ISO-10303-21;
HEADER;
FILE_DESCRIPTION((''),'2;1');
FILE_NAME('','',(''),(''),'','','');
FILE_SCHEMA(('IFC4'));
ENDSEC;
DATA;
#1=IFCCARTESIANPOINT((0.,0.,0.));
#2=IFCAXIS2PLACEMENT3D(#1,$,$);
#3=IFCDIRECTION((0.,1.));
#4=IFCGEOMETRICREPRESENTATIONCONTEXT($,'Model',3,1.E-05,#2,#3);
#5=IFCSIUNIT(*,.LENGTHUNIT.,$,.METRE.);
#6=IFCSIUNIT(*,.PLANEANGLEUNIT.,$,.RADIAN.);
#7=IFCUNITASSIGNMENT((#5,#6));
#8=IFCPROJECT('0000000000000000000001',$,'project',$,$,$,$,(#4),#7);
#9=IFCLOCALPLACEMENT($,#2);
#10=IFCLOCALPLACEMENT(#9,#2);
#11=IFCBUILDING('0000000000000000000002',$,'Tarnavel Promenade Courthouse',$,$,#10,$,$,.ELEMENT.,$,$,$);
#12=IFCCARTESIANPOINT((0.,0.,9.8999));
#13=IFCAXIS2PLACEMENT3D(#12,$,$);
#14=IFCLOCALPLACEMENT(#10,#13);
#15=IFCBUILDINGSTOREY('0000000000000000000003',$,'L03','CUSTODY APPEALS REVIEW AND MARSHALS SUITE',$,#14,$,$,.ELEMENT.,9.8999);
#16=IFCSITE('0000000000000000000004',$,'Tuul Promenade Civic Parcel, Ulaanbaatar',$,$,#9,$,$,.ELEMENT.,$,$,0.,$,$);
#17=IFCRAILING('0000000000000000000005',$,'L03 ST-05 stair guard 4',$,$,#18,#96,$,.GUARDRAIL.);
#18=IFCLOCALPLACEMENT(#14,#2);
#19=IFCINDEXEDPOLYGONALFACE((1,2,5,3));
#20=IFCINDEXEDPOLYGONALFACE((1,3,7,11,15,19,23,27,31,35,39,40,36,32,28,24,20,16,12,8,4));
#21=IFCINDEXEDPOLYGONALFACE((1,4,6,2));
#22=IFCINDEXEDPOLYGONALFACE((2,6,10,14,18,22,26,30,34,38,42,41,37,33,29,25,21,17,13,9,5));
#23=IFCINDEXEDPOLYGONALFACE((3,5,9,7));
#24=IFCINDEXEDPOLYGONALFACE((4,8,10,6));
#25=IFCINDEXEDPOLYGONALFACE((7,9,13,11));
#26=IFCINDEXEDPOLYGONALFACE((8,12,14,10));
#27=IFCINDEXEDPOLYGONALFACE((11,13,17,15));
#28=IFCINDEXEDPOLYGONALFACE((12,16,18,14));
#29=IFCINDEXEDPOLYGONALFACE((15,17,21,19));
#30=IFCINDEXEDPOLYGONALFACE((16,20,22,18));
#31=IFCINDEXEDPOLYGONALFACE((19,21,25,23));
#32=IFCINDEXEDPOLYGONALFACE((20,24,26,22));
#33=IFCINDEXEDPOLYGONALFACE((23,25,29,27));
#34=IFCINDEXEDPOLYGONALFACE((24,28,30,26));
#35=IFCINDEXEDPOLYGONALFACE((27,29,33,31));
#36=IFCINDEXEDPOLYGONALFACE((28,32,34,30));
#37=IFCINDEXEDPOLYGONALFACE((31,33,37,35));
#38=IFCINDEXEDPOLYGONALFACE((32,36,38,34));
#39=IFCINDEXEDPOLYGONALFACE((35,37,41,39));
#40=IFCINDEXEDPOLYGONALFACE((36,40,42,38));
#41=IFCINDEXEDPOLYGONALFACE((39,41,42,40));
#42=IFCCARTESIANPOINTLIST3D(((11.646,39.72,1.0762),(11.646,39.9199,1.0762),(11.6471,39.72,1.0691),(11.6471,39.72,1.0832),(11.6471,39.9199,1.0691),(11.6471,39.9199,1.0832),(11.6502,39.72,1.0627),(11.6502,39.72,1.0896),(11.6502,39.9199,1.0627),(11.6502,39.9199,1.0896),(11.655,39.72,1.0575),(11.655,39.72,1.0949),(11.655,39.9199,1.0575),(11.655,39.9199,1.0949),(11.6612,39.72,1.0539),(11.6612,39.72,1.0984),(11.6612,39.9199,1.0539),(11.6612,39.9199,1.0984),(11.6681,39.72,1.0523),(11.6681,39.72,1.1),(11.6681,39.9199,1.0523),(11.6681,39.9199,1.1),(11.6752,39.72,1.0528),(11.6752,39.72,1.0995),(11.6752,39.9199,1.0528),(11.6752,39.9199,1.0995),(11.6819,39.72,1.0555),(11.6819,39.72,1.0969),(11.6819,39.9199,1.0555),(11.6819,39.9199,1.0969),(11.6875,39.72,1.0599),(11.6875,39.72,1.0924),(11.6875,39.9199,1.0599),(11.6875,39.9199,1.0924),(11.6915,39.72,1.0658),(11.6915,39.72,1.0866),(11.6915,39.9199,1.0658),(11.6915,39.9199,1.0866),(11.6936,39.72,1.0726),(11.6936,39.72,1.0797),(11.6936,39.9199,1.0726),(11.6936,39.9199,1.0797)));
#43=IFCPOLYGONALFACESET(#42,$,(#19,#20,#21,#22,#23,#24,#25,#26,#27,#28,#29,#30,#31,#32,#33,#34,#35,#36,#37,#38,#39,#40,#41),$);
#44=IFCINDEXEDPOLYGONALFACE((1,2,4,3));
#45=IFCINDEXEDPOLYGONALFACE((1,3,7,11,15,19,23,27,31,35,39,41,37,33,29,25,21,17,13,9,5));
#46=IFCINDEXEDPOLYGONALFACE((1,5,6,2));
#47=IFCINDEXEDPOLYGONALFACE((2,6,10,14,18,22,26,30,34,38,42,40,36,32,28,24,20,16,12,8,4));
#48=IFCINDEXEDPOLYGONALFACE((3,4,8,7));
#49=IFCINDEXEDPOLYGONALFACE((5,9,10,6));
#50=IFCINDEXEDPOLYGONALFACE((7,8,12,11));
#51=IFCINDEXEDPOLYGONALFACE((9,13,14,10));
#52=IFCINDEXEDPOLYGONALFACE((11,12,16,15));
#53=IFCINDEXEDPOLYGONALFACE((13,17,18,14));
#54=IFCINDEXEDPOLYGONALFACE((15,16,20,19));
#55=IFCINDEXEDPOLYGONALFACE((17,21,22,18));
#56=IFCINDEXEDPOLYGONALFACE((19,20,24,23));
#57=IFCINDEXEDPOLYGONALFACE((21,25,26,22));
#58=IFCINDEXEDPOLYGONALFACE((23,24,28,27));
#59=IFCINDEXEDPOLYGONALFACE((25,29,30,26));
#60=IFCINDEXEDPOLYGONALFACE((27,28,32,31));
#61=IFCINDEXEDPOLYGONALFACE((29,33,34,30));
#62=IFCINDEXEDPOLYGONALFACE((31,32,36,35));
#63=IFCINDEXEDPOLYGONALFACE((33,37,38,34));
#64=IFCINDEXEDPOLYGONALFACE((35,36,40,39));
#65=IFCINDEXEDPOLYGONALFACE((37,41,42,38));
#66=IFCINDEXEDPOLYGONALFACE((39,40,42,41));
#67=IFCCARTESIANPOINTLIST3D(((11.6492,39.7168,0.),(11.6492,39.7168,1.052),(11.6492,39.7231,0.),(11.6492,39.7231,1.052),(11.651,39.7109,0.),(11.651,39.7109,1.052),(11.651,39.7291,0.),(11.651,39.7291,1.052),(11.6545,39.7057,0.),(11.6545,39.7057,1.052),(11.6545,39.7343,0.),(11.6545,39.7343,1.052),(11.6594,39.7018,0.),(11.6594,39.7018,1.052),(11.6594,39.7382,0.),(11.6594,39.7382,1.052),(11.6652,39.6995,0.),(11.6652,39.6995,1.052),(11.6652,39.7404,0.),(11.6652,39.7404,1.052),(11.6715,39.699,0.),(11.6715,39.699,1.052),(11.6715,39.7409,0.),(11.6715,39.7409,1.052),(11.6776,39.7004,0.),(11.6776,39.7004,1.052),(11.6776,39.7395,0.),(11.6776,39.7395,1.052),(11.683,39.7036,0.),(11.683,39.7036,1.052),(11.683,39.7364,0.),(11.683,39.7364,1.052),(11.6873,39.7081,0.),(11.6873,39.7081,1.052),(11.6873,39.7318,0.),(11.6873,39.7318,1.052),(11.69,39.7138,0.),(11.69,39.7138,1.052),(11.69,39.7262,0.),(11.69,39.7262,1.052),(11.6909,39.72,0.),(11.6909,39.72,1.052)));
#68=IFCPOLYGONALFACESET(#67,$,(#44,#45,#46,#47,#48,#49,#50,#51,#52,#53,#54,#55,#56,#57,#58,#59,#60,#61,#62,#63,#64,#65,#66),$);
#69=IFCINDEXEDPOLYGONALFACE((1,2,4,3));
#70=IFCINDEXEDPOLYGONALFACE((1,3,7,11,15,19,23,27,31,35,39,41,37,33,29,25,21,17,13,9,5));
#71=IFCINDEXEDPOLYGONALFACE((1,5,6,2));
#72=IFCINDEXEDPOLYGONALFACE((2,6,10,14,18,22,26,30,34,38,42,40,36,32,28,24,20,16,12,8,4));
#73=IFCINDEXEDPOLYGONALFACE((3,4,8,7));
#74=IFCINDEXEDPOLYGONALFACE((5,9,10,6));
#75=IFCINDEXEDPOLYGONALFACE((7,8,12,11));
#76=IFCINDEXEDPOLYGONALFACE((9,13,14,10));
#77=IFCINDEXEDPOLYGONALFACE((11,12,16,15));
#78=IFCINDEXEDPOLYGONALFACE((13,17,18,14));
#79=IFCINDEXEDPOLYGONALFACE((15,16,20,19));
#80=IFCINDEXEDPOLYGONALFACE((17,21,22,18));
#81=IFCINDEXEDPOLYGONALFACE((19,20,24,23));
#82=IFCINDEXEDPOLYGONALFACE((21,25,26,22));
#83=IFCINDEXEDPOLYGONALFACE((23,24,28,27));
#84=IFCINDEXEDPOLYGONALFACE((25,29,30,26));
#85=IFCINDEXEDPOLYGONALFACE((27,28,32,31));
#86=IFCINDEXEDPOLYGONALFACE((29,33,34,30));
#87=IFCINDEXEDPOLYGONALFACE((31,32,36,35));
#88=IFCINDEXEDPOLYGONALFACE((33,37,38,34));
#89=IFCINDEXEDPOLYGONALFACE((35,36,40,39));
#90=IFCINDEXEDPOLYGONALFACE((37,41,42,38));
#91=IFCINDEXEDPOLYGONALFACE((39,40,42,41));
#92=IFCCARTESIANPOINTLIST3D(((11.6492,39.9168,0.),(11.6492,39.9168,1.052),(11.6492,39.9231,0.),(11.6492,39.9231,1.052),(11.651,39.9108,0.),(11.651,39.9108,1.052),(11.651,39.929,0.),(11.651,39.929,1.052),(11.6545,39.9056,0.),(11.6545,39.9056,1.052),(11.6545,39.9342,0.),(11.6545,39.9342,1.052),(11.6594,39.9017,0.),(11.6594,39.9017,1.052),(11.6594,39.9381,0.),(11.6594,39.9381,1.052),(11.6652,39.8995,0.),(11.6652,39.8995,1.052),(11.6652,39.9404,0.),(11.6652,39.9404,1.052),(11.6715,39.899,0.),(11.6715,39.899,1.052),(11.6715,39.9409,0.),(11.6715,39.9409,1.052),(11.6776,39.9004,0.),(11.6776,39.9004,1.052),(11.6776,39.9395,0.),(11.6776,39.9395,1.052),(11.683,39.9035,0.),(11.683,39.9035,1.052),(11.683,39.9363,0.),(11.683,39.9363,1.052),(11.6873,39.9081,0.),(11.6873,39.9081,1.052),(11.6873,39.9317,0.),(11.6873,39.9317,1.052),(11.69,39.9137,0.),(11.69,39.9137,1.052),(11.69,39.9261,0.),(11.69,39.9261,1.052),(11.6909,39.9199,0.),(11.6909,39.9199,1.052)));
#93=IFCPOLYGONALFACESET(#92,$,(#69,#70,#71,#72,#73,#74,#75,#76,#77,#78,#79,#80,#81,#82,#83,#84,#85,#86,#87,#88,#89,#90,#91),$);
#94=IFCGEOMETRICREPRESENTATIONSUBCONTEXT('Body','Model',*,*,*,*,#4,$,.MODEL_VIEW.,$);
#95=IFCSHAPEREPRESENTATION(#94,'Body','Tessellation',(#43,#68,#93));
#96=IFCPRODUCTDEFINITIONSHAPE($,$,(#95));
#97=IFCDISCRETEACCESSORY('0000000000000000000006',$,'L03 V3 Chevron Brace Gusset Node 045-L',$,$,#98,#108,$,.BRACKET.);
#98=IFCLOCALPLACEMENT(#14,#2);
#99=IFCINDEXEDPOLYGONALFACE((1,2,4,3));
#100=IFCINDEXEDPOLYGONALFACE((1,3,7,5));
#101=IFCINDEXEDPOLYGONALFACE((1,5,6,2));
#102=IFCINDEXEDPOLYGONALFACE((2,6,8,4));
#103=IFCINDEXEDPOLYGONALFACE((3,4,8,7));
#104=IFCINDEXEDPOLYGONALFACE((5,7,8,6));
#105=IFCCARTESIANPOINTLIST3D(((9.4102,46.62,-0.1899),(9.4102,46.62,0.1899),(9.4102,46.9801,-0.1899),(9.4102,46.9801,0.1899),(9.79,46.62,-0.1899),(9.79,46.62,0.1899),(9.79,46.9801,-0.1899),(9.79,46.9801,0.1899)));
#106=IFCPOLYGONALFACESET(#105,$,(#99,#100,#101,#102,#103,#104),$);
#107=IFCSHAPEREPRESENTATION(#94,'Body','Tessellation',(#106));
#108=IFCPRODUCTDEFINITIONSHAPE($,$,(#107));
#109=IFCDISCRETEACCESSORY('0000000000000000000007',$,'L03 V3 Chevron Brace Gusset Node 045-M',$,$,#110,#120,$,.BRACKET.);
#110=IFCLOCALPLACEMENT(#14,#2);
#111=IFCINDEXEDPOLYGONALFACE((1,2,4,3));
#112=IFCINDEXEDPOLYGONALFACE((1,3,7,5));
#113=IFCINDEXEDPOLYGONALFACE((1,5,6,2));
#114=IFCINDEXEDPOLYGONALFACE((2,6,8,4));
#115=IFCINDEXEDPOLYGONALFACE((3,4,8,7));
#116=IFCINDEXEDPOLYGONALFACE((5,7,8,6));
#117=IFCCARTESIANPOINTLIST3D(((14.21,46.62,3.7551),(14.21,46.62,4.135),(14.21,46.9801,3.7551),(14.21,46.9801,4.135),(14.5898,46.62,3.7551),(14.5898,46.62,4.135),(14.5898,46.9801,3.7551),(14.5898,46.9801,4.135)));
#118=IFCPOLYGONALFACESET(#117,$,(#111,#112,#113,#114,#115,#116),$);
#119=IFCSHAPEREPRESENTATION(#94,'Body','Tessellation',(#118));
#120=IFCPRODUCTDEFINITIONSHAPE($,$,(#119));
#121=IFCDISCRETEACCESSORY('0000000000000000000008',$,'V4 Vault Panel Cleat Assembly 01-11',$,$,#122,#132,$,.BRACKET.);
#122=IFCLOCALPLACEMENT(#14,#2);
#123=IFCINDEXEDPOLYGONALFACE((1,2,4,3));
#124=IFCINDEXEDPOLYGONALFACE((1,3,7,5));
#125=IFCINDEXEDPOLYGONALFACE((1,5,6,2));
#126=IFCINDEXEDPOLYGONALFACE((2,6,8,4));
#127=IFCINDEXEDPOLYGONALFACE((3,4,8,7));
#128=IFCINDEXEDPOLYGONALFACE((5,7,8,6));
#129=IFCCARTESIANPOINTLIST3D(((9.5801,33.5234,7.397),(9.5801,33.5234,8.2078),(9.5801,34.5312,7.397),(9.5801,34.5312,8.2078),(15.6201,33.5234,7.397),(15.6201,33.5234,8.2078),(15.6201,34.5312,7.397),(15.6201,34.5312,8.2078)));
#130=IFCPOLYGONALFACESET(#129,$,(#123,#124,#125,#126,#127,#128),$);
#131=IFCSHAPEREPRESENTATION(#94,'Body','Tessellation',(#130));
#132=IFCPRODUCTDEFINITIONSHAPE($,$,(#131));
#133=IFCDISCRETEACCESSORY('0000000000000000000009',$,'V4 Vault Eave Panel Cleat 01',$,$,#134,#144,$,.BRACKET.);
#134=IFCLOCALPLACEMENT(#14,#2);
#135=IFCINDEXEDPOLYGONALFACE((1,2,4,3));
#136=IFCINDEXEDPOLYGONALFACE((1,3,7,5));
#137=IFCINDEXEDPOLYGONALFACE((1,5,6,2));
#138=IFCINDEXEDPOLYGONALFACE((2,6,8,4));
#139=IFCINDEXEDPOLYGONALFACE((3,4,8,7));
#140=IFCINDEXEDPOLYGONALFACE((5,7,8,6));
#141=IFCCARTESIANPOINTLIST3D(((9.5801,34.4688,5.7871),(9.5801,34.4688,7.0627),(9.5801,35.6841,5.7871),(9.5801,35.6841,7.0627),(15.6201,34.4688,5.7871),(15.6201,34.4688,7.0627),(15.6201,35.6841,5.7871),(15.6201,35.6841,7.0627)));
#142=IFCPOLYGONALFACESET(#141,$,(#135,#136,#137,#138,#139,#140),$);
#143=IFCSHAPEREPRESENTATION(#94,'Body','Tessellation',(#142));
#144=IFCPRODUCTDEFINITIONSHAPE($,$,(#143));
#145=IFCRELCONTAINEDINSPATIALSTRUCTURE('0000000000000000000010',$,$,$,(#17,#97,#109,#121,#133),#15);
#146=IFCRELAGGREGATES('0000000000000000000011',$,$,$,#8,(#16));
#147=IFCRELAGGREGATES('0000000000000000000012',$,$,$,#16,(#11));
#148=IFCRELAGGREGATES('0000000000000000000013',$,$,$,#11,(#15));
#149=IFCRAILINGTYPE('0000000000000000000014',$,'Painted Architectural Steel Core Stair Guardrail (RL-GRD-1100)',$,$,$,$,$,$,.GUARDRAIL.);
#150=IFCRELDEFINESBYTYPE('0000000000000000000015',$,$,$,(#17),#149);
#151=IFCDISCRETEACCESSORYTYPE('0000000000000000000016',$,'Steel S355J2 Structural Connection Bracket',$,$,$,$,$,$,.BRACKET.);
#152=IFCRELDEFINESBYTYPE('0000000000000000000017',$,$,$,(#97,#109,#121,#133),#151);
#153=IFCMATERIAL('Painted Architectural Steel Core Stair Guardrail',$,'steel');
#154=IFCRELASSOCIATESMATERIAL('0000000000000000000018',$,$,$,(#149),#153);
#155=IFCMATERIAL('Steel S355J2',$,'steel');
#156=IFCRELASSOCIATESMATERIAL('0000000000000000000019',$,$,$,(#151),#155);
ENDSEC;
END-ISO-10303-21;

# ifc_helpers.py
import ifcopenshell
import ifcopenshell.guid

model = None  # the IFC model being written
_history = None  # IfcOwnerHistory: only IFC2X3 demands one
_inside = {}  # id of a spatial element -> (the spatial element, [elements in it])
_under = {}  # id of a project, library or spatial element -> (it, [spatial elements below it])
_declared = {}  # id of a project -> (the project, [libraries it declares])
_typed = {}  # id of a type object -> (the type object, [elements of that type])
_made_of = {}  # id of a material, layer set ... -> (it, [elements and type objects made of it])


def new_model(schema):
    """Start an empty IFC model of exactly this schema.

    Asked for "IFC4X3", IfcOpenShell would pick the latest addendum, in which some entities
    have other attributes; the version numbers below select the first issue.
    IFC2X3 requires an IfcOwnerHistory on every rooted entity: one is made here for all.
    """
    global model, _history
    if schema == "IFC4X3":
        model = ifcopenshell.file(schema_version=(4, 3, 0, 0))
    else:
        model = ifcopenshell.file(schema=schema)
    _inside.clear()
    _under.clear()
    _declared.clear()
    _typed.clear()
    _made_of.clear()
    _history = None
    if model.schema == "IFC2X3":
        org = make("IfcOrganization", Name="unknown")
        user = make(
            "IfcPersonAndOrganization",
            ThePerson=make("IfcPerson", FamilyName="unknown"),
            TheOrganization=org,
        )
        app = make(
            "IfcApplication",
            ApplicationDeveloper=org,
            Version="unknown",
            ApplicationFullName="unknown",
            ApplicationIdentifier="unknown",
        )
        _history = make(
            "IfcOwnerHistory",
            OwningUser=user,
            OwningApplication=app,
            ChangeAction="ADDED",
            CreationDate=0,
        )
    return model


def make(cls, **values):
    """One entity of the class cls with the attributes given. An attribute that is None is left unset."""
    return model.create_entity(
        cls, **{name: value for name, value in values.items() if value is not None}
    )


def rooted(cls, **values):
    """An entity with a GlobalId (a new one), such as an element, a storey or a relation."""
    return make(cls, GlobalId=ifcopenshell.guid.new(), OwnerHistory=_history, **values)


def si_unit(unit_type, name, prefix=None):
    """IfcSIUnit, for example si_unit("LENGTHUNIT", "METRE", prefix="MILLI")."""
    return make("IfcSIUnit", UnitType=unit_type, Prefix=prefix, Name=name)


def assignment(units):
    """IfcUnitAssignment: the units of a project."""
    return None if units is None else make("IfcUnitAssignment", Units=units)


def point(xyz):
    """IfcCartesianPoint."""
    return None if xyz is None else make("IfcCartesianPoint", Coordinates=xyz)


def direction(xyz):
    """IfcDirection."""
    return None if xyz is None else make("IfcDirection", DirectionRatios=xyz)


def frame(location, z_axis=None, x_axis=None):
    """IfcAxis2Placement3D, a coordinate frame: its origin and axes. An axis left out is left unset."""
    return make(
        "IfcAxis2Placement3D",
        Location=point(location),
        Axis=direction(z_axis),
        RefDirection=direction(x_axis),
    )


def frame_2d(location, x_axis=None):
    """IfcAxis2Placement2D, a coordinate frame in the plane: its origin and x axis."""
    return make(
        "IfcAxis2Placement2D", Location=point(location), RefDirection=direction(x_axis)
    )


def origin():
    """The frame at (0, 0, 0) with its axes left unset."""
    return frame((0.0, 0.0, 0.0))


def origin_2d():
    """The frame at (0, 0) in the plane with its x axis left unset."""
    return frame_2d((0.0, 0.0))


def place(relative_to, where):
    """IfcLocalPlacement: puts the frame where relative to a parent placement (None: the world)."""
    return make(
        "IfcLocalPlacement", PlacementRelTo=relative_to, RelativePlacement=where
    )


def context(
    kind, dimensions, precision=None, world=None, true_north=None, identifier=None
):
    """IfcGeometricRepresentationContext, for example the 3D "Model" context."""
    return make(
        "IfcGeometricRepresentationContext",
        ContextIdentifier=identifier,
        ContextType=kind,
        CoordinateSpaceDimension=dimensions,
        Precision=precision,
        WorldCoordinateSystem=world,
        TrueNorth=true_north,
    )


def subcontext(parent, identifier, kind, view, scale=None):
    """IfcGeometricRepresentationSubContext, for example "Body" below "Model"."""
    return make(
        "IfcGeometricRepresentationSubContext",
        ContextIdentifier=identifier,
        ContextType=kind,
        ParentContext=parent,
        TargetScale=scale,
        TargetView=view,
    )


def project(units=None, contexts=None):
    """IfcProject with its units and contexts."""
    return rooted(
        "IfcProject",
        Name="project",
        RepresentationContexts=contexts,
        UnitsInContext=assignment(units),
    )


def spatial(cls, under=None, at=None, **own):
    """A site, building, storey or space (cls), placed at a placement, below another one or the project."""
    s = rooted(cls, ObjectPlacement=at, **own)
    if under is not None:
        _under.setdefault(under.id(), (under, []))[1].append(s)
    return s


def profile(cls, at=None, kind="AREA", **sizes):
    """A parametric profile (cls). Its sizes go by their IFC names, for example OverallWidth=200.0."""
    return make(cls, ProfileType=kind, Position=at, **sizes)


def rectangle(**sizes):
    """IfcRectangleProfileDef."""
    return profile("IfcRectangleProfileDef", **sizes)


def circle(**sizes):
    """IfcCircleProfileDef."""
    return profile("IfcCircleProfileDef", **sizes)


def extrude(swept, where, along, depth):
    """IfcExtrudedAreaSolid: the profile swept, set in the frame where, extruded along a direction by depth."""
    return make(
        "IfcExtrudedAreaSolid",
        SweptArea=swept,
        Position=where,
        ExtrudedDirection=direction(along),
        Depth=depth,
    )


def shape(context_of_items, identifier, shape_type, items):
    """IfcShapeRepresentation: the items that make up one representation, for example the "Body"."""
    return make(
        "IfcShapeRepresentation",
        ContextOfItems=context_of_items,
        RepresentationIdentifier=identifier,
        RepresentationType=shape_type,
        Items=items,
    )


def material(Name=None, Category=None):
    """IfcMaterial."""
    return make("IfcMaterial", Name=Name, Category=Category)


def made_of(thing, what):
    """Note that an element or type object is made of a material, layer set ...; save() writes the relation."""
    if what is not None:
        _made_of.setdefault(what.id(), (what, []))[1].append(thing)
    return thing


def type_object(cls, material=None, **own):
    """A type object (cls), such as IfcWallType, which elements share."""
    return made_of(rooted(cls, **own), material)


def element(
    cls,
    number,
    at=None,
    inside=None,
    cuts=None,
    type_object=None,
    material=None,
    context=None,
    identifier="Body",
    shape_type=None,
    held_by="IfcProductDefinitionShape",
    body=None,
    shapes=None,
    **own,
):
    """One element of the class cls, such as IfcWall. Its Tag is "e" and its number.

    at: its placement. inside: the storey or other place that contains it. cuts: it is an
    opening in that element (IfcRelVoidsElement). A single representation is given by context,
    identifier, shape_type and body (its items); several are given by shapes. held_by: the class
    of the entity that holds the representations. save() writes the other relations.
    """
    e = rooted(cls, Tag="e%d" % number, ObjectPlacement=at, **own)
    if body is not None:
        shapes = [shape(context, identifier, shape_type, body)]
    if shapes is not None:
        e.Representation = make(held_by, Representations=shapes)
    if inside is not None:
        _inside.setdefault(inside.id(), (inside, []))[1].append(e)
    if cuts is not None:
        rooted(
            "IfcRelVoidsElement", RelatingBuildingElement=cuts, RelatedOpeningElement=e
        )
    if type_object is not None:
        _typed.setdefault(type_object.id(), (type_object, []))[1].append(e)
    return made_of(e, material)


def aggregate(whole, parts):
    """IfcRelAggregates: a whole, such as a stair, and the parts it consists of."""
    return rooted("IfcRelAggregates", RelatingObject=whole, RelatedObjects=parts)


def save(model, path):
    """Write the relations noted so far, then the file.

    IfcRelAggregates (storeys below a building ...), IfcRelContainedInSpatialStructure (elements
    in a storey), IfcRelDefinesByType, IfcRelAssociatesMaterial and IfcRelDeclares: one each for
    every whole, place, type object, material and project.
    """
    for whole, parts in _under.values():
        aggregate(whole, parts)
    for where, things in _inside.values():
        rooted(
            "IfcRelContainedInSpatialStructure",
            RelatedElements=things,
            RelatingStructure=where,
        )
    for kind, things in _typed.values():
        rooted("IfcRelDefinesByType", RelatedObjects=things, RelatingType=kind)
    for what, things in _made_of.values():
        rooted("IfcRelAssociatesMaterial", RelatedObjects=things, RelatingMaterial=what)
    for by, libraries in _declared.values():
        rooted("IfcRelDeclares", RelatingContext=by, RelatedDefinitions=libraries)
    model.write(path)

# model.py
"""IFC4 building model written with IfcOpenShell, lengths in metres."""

from ifc_helpers import new_model, si_unit, direction, frame, origin, origin_2d, place, context, subcontext, project, spatial, rectangle, circle, extrude, material, type_object, element, save


model = new_model("IFC4")

# Units and contexts
model_context = context("Model", 3, precision=1e-05, world=origin(), true_north=direction((0.0, 1.0)))
body_context = subcontext(model_context, "Body", "Model", "MODEL_VIEW")
ifc_project = project(units=[si_unit("LENGTHUNIT", "METRE"), si_unit("PLANEANGLEUNIT", "RADIAN")], contexts=[model_context])

# Site, building, storey
site_placement = place(None, origin())
site = spatial("IfcSite", under=ifc_project, at=site_placement, Name="Tuul Promenade Civic Parcel, Ulaanbaatar", CompositionType="ELEMENT", RefElevation=0.0)
building_placement = place(site_placement, origin())
building = spatial("IfcBuilding", under=site, at=building_placement, Name="Tarnavel Promenade Courthouse", CompositionType="ELEMENT")
storey_placement = place(building_placement, frame((0.0, 0.0, 9.8999)))
storey = spatial("IfcBuildingStorey", under=building, at=storey_placement, Name="L03", Description="CUSTODY APPEALS REVIEW AND MARSHALS SUITE", CompositionType="ELEMENT", Elevation=9.8999)

# Shared definitions
ifc_material_1 = material(Name="Steel S355J2", Category="steel")

# Railing
ifc_material_2 = material(Name="Painted Architectural Steel Core Stair Guardrail", Category="steel")
railing_type_1 = type_object("IfcRailingType", Name="Painted Architectural Steel Core Stair Guardrail (RL-GRD-1100)", PredefinedType="GUARDRAIL", material=ifc_material_2)
railing_1_placement = place(storey_placement, frame((11.6699, 39.72, 0.0)))
element("IfcRailing", 1, at=railing_1_placement, inside=storey, type_object=railing_type_1, Name="L03 ST-05 stair guard 4", PredefinedType="GUARDRAIL", context=body_context, shape_type="SweptSolid", body=[
    extrude(circle(Radius=0.0239, at=origin_2d()), frame((0.0, 0.0, 1.0762), z_axis=(0.0, 1.0, 0.0), x_axis=(-1.0, 0.0, 0.0)), (0.0, 0.0, 1.0), 0.2),
    extrude(circle(Radius=0.021, at=origin_2d()), origin(), (0.0, 0.0, 1.0), 1.052),
    extrude(circle(Radius=0.021, at=origin_2d()), frame((0.0, 0.2, 0.0)), (0.0, 0.0, 1.0), 1.052),
])

# Discrete accessories
discrete_accessory_type = type_object("IfcDiscreteAccessoryType", Name="Steel S355J2 Structural Connection Bracket", PredefinedType="BRACKET", material=ifc_material_1)
for number, where, z_axis, x_axis, name in (
    (2, (9.6001, 46.8, -0.1899), (0.0, 0.0, 1.0), (1.0, 0.0, 0.0), "L03 V3 Chevron Brace Gusset Node 045-L"),
    (3, (14.3999, 46.8, 3.7551), (0.0, 0.0, 1.0), (1.0, 0.0, 0.0), "L03 V3 Chevron Brace Gusset Node 045-M"),
):
    element("IfcDiscreteAccessory", number, at=place(storey_placement, frame(where, z_axis=z_axis, x_axis=x_axis)), inside=storey, type_object=discrete_accessory_type, Name=name, PredefinedType="BRACKET", context=body_context, shape_type="SweptSolid", body=[
        extrude(rectangle(XDim=0.3799, YDim=0.3601, at=origin_2d()), origin(), (0.0, 0.0, 1.0), 0.3799),
    ])
discrete_accessory_1_placement = place(storey_placement, frame((12.6001, 34.0273, 7.397), z_axis=(0.0, 0.0, 1.0), x_axis=(1.0, 0.0, 0.0)))
element("IfcDiscreteAccessory", 4, at=discrete_accessory_1_placement, inside=storey, type_object=discrete_accessory_type, Name="V4 Vault Panel Cleat Assembly 01-11", PredefinedType="BRACKET", context=body_context, shape_type="SweptSolid", body=[
    extrude(rectangle(XDim=6.04, YDim=1.0078, at=origin_2d()), origin(), (0.0, 0.0, 1.0), 0.8108),
])
discrete_accessory_2_placement = place(storey_placement, frame((12.6001, 35.0764, 5.7871), z_axis=(0.0, 0.0, 1.0), x_axis=(1.0, 0.0, 0.0)))
element("IfcDiscreteAccessory", 5, at=discrete_accessory_2_placement, inside=storey, type_object=discrete_accessory_type, Name="V4 Vault Eave Panel Cleat 01", PredefinedType="BRACKET", context=body_context, shape_type="SweptSolid", body=[
    extrude(rectangle(XDim=6.04, YDim=1.2153, at=origin_2d()), origin(), (0.0, 0.0, 1.0), 1.2756),
])

save(model, "model.ifc")
